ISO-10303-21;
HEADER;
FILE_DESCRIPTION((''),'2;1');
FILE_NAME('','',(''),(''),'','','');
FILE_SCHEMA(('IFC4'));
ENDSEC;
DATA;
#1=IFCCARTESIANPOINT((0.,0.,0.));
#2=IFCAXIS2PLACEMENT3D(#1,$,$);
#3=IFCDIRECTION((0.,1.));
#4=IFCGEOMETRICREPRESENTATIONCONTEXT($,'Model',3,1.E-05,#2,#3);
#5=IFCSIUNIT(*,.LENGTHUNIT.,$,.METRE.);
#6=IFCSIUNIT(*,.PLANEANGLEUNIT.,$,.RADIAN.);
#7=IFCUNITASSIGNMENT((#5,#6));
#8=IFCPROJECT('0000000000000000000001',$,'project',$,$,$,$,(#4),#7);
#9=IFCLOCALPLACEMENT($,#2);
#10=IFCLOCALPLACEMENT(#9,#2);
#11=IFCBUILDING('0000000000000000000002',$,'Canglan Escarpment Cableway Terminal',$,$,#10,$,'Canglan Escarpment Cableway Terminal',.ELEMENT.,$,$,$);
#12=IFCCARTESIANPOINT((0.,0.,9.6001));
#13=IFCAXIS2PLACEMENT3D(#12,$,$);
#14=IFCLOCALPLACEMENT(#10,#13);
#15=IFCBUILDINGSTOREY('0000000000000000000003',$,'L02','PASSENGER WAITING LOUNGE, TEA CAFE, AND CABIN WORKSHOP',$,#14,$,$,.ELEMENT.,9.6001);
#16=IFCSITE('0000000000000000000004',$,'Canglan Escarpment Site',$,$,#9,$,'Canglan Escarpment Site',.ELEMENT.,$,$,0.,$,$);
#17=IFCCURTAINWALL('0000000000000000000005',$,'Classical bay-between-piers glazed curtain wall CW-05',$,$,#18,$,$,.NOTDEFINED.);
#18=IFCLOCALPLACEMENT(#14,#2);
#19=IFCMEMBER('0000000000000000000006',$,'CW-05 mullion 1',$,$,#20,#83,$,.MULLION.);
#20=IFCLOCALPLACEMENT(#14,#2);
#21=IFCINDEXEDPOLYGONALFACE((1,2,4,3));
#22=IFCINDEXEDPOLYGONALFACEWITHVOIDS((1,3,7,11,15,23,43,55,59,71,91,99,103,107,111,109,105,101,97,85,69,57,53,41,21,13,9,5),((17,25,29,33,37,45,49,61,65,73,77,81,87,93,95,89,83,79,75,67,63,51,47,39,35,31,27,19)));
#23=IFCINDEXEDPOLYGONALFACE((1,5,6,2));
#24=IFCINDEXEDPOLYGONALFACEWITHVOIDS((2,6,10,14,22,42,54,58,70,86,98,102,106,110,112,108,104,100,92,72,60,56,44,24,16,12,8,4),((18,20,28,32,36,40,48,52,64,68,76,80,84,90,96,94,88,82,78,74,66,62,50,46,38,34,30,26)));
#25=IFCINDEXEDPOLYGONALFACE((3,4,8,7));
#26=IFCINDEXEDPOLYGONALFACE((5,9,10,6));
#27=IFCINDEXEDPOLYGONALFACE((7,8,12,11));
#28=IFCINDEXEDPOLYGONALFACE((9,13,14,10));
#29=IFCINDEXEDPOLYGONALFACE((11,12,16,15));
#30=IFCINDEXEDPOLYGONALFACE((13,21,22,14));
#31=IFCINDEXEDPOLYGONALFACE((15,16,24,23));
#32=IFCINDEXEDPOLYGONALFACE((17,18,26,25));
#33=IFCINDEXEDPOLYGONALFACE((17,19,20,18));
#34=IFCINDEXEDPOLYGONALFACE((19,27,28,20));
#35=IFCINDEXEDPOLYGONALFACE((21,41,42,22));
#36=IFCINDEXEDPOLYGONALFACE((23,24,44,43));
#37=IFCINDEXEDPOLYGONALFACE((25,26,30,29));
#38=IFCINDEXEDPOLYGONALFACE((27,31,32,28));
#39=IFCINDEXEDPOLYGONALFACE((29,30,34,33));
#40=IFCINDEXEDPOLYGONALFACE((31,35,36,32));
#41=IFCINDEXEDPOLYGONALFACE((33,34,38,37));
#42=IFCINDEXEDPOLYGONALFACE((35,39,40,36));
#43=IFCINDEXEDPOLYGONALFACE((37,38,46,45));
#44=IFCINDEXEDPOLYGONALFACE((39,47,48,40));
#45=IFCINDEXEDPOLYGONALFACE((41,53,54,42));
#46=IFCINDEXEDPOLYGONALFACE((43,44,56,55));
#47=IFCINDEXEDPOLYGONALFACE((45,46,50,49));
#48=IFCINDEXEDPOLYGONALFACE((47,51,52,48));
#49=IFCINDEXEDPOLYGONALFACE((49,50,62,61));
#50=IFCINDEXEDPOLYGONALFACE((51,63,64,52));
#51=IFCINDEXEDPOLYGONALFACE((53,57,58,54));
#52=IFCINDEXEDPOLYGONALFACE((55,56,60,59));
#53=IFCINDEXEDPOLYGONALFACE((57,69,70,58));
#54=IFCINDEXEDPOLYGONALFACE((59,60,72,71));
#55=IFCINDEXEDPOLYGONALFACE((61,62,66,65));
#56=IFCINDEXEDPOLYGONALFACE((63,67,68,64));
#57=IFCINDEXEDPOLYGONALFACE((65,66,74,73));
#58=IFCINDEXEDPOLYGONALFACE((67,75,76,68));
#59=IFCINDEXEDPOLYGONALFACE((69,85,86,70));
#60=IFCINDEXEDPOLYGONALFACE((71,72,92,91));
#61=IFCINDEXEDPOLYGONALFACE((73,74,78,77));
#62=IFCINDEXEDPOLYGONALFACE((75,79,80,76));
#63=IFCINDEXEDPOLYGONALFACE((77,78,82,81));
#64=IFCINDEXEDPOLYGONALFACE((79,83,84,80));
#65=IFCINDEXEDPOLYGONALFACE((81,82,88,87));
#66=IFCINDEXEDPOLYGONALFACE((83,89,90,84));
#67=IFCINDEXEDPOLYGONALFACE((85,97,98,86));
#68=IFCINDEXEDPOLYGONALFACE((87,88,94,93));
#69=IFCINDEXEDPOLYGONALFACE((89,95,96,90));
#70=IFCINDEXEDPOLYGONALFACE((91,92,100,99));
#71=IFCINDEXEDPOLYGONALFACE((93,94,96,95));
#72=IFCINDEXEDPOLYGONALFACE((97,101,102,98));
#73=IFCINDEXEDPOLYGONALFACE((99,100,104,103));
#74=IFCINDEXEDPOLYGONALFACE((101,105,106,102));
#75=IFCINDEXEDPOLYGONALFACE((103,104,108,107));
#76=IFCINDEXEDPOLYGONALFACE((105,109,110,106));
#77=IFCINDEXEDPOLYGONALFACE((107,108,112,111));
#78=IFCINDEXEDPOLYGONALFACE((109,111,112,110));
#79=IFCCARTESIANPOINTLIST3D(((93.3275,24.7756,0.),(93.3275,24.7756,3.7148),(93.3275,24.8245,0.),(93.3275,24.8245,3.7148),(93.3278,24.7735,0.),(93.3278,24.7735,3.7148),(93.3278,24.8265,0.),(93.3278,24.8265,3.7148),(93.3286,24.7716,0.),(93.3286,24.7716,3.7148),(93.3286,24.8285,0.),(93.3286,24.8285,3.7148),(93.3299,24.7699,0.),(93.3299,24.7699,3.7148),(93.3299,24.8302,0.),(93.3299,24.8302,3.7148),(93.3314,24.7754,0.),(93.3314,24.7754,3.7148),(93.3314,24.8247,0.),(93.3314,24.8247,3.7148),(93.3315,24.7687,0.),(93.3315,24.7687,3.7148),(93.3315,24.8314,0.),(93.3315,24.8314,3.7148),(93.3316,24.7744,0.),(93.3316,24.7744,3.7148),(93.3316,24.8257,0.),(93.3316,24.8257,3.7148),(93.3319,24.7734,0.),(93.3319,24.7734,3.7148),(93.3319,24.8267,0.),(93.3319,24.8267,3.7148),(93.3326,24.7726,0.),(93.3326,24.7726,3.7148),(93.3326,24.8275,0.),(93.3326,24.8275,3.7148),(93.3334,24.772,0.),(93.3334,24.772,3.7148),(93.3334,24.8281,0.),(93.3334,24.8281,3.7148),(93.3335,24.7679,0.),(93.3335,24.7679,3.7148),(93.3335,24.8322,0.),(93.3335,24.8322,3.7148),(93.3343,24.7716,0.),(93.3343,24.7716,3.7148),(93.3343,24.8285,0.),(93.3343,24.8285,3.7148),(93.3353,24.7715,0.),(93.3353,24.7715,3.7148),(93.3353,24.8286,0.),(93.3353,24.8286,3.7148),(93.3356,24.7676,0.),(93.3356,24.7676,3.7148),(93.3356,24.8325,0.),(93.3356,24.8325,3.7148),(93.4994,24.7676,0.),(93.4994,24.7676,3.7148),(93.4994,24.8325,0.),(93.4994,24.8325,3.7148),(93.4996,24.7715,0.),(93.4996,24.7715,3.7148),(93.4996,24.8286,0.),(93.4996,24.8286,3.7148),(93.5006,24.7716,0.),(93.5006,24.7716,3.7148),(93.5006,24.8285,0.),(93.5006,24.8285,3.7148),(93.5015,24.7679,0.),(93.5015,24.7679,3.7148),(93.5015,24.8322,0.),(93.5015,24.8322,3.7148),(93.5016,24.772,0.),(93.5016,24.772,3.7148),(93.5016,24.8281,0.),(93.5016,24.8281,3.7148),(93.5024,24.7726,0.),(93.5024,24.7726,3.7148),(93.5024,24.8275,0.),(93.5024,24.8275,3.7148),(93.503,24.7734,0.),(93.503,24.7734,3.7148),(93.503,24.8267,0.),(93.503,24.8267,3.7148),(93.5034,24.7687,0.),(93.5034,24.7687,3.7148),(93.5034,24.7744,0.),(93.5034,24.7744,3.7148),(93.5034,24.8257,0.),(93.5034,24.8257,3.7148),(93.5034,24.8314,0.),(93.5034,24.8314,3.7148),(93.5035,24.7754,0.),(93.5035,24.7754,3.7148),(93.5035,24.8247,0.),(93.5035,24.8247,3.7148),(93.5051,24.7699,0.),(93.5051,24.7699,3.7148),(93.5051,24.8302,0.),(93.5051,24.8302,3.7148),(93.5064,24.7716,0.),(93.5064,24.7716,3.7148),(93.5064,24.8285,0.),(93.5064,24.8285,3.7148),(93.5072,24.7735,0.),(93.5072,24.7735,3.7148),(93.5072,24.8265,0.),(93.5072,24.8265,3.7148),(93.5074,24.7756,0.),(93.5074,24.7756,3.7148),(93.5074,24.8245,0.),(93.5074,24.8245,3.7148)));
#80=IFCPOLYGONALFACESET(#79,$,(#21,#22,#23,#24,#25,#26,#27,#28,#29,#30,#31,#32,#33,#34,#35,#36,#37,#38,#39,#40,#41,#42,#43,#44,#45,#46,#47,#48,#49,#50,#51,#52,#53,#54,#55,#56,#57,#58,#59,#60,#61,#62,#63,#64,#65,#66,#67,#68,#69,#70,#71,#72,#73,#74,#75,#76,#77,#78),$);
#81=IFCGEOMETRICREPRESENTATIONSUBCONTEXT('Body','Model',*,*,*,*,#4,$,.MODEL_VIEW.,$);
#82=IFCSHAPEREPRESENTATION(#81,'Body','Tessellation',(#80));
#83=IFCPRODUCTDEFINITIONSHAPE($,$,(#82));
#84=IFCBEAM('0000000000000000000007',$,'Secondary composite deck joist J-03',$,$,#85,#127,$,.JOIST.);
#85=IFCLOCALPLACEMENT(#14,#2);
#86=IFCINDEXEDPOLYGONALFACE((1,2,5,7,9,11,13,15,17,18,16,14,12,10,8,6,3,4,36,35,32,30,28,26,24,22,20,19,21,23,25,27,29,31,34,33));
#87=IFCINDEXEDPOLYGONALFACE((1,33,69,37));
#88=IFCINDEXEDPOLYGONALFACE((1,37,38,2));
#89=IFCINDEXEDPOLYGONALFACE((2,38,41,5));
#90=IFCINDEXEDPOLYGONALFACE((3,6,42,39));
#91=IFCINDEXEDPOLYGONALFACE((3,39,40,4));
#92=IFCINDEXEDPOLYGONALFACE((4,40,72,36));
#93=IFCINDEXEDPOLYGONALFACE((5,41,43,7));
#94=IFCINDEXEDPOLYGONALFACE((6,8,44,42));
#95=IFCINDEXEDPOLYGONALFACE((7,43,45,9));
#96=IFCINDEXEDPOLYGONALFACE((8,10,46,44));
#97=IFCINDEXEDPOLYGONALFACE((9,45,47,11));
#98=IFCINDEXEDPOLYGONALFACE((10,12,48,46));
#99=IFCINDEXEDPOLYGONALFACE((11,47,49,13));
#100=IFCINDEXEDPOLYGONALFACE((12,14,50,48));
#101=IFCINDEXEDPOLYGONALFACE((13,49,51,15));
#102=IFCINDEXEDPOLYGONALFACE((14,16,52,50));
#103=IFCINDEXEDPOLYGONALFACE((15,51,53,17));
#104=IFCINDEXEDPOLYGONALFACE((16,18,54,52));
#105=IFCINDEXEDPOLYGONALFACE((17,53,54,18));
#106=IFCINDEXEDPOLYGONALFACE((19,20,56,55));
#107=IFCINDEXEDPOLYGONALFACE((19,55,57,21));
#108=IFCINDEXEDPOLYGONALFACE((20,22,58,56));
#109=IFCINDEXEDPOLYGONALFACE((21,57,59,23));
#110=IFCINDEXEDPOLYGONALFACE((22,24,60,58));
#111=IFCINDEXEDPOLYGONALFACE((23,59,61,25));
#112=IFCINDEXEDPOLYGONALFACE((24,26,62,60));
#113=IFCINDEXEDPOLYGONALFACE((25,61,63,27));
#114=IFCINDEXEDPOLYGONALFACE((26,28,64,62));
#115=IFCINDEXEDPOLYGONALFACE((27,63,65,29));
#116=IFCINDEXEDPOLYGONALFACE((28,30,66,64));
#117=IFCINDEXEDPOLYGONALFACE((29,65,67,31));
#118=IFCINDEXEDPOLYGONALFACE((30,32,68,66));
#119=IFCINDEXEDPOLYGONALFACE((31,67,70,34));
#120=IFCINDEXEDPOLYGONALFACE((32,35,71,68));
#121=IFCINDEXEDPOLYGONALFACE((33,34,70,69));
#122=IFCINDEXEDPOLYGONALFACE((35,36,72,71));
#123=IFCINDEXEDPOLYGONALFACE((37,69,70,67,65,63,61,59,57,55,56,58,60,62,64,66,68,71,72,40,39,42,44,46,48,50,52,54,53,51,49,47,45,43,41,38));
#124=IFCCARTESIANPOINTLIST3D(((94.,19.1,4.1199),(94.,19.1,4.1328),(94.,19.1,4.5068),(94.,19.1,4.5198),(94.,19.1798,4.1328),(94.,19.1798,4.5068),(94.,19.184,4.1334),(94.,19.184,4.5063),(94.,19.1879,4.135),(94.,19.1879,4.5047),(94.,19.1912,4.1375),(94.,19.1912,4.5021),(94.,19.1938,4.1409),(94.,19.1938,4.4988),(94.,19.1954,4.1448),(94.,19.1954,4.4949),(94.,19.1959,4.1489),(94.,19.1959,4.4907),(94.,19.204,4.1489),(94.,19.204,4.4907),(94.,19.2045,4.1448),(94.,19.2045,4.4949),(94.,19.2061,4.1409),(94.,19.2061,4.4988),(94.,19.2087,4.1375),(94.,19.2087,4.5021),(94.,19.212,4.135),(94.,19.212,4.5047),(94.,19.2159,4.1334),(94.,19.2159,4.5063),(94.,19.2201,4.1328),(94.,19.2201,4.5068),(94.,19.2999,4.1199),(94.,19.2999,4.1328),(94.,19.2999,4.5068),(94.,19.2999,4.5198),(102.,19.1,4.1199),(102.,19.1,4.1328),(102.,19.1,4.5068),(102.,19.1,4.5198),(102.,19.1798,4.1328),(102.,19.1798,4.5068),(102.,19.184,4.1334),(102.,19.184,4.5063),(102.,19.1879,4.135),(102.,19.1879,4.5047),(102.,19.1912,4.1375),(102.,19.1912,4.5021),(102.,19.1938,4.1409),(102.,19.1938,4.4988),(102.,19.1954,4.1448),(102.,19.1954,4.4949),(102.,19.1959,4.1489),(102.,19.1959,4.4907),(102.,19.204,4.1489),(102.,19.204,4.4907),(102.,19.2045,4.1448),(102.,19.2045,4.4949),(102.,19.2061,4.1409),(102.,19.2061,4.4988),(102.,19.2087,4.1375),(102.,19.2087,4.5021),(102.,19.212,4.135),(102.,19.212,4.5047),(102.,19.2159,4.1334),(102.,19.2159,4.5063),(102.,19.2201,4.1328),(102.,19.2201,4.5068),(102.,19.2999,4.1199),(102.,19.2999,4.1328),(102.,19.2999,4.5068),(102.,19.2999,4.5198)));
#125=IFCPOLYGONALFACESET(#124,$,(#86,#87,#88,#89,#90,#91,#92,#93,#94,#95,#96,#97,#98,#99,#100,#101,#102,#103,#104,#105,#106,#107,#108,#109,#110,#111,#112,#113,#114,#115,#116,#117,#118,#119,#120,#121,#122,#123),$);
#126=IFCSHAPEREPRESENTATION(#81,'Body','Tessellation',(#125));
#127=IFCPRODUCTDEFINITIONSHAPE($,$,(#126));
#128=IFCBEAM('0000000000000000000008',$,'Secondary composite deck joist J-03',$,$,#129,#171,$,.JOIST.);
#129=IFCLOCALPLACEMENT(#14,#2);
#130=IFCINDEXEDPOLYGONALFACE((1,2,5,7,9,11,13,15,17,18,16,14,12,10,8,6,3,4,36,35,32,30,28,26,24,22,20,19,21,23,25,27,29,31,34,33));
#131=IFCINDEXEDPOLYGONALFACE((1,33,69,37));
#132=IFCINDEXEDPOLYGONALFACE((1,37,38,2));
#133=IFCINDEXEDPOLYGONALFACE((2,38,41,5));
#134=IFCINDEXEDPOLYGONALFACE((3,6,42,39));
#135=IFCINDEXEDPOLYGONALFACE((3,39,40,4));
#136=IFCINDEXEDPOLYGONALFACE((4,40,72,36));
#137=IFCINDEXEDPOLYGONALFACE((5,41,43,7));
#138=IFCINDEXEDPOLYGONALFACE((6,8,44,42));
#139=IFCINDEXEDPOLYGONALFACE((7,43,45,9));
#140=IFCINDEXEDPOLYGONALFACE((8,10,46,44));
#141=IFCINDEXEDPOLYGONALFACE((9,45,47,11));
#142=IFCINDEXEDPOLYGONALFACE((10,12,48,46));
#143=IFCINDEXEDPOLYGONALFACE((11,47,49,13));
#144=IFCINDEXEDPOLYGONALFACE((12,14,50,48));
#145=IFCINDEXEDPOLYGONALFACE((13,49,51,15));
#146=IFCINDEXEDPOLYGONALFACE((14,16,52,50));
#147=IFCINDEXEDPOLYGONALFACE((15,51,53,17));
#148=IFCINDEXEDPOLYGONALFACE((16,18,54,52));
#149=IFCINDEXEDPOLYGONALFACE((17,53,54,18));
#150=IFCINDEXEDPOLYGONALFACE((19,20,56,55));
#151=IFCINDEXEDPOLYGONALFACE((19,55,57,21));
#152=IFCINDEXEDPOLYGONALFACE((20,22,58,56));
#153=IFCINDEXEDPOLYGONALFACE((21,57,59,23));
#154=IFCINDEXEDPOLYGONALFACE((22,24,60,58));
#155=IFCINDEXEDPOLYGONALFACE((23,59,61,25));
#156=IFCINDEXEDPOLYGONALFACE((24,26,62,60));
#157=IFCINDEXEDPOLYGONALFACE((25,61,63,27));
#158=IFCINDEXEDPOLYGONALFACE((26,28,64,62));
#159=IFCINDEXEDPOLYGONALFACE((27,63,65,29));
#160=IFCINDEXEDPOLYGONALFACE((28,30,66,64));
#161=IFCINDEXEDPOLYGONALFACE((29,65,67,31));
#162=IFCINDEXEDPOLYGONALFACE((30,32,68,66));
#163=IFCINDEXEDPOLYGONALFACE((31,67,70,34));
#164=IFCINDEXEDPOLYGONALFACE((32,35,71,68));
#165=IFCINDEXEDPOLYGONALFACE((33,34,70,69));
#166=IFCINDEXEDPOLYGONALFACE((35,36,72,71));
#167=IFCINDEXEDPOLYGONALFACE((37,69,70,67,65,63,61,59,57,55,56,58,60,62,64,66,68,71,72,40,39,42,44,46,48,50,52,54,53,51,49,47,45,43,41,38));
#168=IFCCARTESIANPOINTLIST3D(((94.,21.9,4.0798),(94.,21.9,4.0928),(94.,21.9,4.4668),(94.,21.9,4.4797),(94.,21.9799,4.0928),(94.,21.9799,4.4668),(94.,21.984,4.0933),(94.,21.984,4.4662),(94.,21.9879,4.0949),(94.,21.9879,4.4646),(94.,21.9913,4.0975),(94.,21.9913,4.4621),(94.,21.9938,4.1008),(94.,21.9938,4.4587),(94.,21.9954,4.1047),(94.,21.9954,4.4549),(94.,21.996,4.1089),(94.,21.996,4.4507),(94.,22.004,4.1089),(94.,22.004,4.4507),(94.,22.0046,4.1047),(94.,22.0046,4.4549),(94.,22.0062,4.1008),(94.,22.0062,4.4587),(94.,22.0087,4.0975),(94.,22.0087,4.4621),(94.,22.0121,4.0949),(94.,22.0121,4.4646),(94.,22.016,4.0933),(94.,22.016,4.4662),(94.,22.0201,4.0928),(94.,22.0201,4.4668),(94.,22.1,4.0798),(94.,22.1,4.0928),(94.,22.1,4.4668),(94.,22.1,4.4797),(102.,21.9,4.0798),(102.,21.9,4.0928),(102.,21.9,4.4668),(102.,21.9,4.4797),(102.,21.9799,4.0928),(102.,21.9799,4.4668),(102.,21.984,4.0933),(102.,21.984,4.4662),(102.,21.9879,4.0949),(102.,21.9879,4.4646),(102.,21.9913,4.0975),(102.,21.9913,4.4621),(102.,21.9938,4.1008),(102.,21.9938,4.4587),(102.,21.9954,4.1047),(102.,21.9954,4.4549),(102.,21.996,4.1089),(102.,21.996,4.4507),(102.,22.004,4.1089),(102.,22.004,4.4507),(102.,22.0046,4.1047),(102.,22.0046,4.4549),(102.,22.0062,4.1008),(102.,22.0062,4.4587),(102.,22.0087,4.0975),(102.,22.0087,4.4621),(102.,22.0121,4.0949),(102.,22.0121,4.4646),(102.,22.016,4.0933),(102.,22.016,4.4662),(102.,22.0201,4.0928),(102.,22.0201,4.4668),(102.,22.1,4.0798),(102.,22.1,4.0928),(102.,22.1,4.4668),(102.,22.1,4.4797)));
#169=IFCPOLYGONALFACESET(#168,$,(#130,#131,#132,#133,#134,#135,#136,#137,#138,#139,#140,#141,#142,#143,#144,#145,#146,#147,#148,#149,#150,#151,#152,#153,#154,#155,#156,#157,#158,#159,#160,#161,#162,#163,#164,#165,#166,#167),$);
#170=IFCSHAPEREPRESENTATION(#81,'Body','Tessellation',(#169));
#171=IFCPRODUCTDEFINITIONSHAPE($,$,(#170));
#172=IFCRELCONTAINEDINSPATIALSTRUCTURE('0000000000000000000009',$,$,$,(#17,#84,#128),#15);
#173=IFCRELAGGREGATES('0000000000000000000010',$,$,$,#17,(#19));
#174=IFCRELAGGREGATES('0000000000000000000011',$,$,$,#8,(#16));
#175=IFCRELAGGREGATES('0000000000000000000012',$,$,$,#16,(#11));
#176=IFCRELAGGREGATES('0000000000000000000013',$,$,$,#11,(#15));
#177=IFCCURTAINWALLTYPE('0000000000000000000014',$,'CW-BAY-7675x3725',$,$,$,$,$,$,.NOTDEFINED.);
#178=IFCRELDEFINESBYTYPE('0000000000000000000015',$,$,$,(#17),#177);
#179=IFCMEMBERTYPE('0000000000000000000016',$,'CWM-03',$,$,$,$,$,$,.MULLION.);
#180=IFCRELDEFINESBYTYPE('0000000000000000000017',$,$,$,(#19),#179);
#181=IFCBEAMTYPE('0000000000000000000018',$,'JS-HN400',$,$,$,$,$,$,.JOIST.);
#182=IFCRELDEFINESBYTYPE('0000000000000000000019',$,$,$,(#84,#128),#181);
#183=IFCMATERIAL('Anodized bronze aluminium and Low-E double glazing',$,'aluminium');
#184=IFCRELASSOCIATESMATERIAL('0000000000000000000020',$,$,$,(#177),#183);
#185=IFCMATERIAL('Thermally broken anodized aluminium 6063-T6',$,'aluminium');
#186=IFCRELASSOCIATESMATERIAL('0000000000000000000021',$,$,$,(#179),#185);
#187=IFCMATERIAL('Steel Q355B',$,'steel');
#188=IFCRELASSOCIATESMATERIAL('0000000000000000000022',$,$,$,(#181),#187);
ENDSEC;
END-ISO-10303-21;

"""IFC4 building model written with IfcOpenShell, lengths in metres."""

from ifc_helpers import new_model, si_unit, direction, frame, origin, origin_2d, place, context, subcontext, project, spatial, hollow_rectangle, i_section, extrude, material, material_profile, profile_set, type_object, element, aggregate, save


model = new_model("IFC4")

# Units and contexts
model_context = context("Model", 3, precision=1e-05, world=origin(), true_north=direction((0.0, 1.0)))
body_context = subcontext(model_context, "Body", "Model", "MODEL_VIEW")
ifc_project = project(units=[si_unit("LENGTHUNIT", "METRE"), si_unit("PLANEANGLEUNIT", "RADIAN")], contexts=[model_context])

# Site, building, storey
site_placement = place(None, origin())
site = spatial("IfcSite", under=ifc_project, at=site_placement, Name="Canglan Escarpment Site", LongName="Canglan Escarpment Site", CompositionType="ELEMENT", RefElevation=0.0)
building_placement = place(site_placement, origin())
building = spatial("IfcBuilding", under=site, at=building_placement, Name="Canglan Escarpment Cableway Terminal", LongName="Canglan Escarpment Cableway Terminal", CompositionType="ELEMENT")
storey_placement = place(building_placement, frame((0.0, 0.0, 9.6001)))
storey = spatial("IfcBuildingStorey", under=building, at=storey_placement, Name="L02", Description="PASSENGER WAITING LOUNGE, TEA CAFE, AND CABIN WORKSHOP", CompositionType="ELEMENT", Elevation=9.6001)

# Curtain wall, member
ifc_material_1 = material(Name="Anodized bronze aluminium and Low-E double glazing", Category="aluminium")
ifc_material_2 = material(Name="Thermally broken anodized aluminium 6063-T6", Category="aluminium")
curtain_wall_type_1 = type_object("IfcCurtainWallType", Name="CW-BAY-7675x3725", PredefinedType="NOTDEFINED", material=ifc_material_1)
curtain_wall_1_placement = place(storey_placement, origin())
curtain_wall_1 = element("IfcCurtainWall", 1, at=curtain_wall_1_placement, inside=storey, type_object=curtain_wall_type_1, Name="Classical bay-between-piers glazed curtain wall CW-05", PredefinedType="NOTDEFINED")
ifc_material_profile_1 = material_profile(ifc_material_2, hollow_rectangle(XDim=0.0649, YDim=0.1799, WallThickness=0.0039, InnerFilletRadius=0.0039, OuterFilletRadius=0.0081, at=origin_2d()), Name="ALU-MULL 65x180x4")
ifc_profile_set_1 = profile_set([ifc_material_profile_1], Name="Thermally broken anodized aluminium 6063-T6")
member_type_1 = type_object("IfcMemberType", Name="CWM-03", PredefinedType="MULLION", material=ifc_profile_set_1)
member_1_placement = place(storey_placement, frame((93.4175, 24.8, 0.0), z_axis=(0.0, 0.0, 1.0), x_axis=(0.0, -1.0, 0.0)))
member_1 = element("IfcMember", 2, at=member_1_placement, type_object=member_type_1, Name="CW-05 mullion 1", PredefinedType="MULLION", context=body_context, shape_type="SweptSolid", body=[
    extrude(hollow_rectangle(XDim=0.0649, YDim=0.1799, WallThickness=0.0039, InnerFilletRadius=0.0039, OuterFilletRadius=0.0081, at=origin_2d()), origin(), (0.0, 0.0, 1.0), 3.7148),
])
aggregate(curtain_wall_1, [member_1])

# Beams
ifc_material_3 = material(Name="Steel Q355B", Category="steel")
ifc_material_profile_2 = material_profile(ifc_material_3, i_section(OverallWidth=0.2, OverallDepth=0.3999, WebThickness=0.0081, FlangeThickness=0.0129, FilletRadius=0.0161, at=origin_2d()), Name="HN 400x200x8x13")
ifc_profile_set_2 = profile_set([ifc_material_profile_2], Name="Steel Q355B")
beam_type_1 = type_object("IfcBeamType", Name="JS-HN400", PredefinedType="JOIST", material=ifc_profile_set_2)
for number, where, z_axis, x_axis, name in (
    (3, (94.0, 19.2, 4.3198), (1.0, 0.0, 0.0), (0.0, 1.0, 0.0), "Secondary composite deck joist J-03"),
    (4, (94.0, 22.0, 4.2798), (1.0, 0.0, 0.0), (0.0, 1.0, 0.0), "Secondary composite deck joist J-03"),
):
    element("IfcBeam", number, at=place(storey_placement, frame(where, z_axis=z_axis, x_axis=x_axis)), inside=storey, type_object=beam_type_1, Name=name, PredefinedType="JOIST", context=body_context, shape_type="SweptSolid", body=[
        extrude(i_section(OverallWidth=0.2, OverallDepth=0.3999, WebThickness=0.0081, FlangeThickness=0.0129, FilletRadius=0.0161, at=origin_2d()), origin(), (0.0, 0.0, 1.0), 8.0),
    ])

save(model, "model.ifc")
